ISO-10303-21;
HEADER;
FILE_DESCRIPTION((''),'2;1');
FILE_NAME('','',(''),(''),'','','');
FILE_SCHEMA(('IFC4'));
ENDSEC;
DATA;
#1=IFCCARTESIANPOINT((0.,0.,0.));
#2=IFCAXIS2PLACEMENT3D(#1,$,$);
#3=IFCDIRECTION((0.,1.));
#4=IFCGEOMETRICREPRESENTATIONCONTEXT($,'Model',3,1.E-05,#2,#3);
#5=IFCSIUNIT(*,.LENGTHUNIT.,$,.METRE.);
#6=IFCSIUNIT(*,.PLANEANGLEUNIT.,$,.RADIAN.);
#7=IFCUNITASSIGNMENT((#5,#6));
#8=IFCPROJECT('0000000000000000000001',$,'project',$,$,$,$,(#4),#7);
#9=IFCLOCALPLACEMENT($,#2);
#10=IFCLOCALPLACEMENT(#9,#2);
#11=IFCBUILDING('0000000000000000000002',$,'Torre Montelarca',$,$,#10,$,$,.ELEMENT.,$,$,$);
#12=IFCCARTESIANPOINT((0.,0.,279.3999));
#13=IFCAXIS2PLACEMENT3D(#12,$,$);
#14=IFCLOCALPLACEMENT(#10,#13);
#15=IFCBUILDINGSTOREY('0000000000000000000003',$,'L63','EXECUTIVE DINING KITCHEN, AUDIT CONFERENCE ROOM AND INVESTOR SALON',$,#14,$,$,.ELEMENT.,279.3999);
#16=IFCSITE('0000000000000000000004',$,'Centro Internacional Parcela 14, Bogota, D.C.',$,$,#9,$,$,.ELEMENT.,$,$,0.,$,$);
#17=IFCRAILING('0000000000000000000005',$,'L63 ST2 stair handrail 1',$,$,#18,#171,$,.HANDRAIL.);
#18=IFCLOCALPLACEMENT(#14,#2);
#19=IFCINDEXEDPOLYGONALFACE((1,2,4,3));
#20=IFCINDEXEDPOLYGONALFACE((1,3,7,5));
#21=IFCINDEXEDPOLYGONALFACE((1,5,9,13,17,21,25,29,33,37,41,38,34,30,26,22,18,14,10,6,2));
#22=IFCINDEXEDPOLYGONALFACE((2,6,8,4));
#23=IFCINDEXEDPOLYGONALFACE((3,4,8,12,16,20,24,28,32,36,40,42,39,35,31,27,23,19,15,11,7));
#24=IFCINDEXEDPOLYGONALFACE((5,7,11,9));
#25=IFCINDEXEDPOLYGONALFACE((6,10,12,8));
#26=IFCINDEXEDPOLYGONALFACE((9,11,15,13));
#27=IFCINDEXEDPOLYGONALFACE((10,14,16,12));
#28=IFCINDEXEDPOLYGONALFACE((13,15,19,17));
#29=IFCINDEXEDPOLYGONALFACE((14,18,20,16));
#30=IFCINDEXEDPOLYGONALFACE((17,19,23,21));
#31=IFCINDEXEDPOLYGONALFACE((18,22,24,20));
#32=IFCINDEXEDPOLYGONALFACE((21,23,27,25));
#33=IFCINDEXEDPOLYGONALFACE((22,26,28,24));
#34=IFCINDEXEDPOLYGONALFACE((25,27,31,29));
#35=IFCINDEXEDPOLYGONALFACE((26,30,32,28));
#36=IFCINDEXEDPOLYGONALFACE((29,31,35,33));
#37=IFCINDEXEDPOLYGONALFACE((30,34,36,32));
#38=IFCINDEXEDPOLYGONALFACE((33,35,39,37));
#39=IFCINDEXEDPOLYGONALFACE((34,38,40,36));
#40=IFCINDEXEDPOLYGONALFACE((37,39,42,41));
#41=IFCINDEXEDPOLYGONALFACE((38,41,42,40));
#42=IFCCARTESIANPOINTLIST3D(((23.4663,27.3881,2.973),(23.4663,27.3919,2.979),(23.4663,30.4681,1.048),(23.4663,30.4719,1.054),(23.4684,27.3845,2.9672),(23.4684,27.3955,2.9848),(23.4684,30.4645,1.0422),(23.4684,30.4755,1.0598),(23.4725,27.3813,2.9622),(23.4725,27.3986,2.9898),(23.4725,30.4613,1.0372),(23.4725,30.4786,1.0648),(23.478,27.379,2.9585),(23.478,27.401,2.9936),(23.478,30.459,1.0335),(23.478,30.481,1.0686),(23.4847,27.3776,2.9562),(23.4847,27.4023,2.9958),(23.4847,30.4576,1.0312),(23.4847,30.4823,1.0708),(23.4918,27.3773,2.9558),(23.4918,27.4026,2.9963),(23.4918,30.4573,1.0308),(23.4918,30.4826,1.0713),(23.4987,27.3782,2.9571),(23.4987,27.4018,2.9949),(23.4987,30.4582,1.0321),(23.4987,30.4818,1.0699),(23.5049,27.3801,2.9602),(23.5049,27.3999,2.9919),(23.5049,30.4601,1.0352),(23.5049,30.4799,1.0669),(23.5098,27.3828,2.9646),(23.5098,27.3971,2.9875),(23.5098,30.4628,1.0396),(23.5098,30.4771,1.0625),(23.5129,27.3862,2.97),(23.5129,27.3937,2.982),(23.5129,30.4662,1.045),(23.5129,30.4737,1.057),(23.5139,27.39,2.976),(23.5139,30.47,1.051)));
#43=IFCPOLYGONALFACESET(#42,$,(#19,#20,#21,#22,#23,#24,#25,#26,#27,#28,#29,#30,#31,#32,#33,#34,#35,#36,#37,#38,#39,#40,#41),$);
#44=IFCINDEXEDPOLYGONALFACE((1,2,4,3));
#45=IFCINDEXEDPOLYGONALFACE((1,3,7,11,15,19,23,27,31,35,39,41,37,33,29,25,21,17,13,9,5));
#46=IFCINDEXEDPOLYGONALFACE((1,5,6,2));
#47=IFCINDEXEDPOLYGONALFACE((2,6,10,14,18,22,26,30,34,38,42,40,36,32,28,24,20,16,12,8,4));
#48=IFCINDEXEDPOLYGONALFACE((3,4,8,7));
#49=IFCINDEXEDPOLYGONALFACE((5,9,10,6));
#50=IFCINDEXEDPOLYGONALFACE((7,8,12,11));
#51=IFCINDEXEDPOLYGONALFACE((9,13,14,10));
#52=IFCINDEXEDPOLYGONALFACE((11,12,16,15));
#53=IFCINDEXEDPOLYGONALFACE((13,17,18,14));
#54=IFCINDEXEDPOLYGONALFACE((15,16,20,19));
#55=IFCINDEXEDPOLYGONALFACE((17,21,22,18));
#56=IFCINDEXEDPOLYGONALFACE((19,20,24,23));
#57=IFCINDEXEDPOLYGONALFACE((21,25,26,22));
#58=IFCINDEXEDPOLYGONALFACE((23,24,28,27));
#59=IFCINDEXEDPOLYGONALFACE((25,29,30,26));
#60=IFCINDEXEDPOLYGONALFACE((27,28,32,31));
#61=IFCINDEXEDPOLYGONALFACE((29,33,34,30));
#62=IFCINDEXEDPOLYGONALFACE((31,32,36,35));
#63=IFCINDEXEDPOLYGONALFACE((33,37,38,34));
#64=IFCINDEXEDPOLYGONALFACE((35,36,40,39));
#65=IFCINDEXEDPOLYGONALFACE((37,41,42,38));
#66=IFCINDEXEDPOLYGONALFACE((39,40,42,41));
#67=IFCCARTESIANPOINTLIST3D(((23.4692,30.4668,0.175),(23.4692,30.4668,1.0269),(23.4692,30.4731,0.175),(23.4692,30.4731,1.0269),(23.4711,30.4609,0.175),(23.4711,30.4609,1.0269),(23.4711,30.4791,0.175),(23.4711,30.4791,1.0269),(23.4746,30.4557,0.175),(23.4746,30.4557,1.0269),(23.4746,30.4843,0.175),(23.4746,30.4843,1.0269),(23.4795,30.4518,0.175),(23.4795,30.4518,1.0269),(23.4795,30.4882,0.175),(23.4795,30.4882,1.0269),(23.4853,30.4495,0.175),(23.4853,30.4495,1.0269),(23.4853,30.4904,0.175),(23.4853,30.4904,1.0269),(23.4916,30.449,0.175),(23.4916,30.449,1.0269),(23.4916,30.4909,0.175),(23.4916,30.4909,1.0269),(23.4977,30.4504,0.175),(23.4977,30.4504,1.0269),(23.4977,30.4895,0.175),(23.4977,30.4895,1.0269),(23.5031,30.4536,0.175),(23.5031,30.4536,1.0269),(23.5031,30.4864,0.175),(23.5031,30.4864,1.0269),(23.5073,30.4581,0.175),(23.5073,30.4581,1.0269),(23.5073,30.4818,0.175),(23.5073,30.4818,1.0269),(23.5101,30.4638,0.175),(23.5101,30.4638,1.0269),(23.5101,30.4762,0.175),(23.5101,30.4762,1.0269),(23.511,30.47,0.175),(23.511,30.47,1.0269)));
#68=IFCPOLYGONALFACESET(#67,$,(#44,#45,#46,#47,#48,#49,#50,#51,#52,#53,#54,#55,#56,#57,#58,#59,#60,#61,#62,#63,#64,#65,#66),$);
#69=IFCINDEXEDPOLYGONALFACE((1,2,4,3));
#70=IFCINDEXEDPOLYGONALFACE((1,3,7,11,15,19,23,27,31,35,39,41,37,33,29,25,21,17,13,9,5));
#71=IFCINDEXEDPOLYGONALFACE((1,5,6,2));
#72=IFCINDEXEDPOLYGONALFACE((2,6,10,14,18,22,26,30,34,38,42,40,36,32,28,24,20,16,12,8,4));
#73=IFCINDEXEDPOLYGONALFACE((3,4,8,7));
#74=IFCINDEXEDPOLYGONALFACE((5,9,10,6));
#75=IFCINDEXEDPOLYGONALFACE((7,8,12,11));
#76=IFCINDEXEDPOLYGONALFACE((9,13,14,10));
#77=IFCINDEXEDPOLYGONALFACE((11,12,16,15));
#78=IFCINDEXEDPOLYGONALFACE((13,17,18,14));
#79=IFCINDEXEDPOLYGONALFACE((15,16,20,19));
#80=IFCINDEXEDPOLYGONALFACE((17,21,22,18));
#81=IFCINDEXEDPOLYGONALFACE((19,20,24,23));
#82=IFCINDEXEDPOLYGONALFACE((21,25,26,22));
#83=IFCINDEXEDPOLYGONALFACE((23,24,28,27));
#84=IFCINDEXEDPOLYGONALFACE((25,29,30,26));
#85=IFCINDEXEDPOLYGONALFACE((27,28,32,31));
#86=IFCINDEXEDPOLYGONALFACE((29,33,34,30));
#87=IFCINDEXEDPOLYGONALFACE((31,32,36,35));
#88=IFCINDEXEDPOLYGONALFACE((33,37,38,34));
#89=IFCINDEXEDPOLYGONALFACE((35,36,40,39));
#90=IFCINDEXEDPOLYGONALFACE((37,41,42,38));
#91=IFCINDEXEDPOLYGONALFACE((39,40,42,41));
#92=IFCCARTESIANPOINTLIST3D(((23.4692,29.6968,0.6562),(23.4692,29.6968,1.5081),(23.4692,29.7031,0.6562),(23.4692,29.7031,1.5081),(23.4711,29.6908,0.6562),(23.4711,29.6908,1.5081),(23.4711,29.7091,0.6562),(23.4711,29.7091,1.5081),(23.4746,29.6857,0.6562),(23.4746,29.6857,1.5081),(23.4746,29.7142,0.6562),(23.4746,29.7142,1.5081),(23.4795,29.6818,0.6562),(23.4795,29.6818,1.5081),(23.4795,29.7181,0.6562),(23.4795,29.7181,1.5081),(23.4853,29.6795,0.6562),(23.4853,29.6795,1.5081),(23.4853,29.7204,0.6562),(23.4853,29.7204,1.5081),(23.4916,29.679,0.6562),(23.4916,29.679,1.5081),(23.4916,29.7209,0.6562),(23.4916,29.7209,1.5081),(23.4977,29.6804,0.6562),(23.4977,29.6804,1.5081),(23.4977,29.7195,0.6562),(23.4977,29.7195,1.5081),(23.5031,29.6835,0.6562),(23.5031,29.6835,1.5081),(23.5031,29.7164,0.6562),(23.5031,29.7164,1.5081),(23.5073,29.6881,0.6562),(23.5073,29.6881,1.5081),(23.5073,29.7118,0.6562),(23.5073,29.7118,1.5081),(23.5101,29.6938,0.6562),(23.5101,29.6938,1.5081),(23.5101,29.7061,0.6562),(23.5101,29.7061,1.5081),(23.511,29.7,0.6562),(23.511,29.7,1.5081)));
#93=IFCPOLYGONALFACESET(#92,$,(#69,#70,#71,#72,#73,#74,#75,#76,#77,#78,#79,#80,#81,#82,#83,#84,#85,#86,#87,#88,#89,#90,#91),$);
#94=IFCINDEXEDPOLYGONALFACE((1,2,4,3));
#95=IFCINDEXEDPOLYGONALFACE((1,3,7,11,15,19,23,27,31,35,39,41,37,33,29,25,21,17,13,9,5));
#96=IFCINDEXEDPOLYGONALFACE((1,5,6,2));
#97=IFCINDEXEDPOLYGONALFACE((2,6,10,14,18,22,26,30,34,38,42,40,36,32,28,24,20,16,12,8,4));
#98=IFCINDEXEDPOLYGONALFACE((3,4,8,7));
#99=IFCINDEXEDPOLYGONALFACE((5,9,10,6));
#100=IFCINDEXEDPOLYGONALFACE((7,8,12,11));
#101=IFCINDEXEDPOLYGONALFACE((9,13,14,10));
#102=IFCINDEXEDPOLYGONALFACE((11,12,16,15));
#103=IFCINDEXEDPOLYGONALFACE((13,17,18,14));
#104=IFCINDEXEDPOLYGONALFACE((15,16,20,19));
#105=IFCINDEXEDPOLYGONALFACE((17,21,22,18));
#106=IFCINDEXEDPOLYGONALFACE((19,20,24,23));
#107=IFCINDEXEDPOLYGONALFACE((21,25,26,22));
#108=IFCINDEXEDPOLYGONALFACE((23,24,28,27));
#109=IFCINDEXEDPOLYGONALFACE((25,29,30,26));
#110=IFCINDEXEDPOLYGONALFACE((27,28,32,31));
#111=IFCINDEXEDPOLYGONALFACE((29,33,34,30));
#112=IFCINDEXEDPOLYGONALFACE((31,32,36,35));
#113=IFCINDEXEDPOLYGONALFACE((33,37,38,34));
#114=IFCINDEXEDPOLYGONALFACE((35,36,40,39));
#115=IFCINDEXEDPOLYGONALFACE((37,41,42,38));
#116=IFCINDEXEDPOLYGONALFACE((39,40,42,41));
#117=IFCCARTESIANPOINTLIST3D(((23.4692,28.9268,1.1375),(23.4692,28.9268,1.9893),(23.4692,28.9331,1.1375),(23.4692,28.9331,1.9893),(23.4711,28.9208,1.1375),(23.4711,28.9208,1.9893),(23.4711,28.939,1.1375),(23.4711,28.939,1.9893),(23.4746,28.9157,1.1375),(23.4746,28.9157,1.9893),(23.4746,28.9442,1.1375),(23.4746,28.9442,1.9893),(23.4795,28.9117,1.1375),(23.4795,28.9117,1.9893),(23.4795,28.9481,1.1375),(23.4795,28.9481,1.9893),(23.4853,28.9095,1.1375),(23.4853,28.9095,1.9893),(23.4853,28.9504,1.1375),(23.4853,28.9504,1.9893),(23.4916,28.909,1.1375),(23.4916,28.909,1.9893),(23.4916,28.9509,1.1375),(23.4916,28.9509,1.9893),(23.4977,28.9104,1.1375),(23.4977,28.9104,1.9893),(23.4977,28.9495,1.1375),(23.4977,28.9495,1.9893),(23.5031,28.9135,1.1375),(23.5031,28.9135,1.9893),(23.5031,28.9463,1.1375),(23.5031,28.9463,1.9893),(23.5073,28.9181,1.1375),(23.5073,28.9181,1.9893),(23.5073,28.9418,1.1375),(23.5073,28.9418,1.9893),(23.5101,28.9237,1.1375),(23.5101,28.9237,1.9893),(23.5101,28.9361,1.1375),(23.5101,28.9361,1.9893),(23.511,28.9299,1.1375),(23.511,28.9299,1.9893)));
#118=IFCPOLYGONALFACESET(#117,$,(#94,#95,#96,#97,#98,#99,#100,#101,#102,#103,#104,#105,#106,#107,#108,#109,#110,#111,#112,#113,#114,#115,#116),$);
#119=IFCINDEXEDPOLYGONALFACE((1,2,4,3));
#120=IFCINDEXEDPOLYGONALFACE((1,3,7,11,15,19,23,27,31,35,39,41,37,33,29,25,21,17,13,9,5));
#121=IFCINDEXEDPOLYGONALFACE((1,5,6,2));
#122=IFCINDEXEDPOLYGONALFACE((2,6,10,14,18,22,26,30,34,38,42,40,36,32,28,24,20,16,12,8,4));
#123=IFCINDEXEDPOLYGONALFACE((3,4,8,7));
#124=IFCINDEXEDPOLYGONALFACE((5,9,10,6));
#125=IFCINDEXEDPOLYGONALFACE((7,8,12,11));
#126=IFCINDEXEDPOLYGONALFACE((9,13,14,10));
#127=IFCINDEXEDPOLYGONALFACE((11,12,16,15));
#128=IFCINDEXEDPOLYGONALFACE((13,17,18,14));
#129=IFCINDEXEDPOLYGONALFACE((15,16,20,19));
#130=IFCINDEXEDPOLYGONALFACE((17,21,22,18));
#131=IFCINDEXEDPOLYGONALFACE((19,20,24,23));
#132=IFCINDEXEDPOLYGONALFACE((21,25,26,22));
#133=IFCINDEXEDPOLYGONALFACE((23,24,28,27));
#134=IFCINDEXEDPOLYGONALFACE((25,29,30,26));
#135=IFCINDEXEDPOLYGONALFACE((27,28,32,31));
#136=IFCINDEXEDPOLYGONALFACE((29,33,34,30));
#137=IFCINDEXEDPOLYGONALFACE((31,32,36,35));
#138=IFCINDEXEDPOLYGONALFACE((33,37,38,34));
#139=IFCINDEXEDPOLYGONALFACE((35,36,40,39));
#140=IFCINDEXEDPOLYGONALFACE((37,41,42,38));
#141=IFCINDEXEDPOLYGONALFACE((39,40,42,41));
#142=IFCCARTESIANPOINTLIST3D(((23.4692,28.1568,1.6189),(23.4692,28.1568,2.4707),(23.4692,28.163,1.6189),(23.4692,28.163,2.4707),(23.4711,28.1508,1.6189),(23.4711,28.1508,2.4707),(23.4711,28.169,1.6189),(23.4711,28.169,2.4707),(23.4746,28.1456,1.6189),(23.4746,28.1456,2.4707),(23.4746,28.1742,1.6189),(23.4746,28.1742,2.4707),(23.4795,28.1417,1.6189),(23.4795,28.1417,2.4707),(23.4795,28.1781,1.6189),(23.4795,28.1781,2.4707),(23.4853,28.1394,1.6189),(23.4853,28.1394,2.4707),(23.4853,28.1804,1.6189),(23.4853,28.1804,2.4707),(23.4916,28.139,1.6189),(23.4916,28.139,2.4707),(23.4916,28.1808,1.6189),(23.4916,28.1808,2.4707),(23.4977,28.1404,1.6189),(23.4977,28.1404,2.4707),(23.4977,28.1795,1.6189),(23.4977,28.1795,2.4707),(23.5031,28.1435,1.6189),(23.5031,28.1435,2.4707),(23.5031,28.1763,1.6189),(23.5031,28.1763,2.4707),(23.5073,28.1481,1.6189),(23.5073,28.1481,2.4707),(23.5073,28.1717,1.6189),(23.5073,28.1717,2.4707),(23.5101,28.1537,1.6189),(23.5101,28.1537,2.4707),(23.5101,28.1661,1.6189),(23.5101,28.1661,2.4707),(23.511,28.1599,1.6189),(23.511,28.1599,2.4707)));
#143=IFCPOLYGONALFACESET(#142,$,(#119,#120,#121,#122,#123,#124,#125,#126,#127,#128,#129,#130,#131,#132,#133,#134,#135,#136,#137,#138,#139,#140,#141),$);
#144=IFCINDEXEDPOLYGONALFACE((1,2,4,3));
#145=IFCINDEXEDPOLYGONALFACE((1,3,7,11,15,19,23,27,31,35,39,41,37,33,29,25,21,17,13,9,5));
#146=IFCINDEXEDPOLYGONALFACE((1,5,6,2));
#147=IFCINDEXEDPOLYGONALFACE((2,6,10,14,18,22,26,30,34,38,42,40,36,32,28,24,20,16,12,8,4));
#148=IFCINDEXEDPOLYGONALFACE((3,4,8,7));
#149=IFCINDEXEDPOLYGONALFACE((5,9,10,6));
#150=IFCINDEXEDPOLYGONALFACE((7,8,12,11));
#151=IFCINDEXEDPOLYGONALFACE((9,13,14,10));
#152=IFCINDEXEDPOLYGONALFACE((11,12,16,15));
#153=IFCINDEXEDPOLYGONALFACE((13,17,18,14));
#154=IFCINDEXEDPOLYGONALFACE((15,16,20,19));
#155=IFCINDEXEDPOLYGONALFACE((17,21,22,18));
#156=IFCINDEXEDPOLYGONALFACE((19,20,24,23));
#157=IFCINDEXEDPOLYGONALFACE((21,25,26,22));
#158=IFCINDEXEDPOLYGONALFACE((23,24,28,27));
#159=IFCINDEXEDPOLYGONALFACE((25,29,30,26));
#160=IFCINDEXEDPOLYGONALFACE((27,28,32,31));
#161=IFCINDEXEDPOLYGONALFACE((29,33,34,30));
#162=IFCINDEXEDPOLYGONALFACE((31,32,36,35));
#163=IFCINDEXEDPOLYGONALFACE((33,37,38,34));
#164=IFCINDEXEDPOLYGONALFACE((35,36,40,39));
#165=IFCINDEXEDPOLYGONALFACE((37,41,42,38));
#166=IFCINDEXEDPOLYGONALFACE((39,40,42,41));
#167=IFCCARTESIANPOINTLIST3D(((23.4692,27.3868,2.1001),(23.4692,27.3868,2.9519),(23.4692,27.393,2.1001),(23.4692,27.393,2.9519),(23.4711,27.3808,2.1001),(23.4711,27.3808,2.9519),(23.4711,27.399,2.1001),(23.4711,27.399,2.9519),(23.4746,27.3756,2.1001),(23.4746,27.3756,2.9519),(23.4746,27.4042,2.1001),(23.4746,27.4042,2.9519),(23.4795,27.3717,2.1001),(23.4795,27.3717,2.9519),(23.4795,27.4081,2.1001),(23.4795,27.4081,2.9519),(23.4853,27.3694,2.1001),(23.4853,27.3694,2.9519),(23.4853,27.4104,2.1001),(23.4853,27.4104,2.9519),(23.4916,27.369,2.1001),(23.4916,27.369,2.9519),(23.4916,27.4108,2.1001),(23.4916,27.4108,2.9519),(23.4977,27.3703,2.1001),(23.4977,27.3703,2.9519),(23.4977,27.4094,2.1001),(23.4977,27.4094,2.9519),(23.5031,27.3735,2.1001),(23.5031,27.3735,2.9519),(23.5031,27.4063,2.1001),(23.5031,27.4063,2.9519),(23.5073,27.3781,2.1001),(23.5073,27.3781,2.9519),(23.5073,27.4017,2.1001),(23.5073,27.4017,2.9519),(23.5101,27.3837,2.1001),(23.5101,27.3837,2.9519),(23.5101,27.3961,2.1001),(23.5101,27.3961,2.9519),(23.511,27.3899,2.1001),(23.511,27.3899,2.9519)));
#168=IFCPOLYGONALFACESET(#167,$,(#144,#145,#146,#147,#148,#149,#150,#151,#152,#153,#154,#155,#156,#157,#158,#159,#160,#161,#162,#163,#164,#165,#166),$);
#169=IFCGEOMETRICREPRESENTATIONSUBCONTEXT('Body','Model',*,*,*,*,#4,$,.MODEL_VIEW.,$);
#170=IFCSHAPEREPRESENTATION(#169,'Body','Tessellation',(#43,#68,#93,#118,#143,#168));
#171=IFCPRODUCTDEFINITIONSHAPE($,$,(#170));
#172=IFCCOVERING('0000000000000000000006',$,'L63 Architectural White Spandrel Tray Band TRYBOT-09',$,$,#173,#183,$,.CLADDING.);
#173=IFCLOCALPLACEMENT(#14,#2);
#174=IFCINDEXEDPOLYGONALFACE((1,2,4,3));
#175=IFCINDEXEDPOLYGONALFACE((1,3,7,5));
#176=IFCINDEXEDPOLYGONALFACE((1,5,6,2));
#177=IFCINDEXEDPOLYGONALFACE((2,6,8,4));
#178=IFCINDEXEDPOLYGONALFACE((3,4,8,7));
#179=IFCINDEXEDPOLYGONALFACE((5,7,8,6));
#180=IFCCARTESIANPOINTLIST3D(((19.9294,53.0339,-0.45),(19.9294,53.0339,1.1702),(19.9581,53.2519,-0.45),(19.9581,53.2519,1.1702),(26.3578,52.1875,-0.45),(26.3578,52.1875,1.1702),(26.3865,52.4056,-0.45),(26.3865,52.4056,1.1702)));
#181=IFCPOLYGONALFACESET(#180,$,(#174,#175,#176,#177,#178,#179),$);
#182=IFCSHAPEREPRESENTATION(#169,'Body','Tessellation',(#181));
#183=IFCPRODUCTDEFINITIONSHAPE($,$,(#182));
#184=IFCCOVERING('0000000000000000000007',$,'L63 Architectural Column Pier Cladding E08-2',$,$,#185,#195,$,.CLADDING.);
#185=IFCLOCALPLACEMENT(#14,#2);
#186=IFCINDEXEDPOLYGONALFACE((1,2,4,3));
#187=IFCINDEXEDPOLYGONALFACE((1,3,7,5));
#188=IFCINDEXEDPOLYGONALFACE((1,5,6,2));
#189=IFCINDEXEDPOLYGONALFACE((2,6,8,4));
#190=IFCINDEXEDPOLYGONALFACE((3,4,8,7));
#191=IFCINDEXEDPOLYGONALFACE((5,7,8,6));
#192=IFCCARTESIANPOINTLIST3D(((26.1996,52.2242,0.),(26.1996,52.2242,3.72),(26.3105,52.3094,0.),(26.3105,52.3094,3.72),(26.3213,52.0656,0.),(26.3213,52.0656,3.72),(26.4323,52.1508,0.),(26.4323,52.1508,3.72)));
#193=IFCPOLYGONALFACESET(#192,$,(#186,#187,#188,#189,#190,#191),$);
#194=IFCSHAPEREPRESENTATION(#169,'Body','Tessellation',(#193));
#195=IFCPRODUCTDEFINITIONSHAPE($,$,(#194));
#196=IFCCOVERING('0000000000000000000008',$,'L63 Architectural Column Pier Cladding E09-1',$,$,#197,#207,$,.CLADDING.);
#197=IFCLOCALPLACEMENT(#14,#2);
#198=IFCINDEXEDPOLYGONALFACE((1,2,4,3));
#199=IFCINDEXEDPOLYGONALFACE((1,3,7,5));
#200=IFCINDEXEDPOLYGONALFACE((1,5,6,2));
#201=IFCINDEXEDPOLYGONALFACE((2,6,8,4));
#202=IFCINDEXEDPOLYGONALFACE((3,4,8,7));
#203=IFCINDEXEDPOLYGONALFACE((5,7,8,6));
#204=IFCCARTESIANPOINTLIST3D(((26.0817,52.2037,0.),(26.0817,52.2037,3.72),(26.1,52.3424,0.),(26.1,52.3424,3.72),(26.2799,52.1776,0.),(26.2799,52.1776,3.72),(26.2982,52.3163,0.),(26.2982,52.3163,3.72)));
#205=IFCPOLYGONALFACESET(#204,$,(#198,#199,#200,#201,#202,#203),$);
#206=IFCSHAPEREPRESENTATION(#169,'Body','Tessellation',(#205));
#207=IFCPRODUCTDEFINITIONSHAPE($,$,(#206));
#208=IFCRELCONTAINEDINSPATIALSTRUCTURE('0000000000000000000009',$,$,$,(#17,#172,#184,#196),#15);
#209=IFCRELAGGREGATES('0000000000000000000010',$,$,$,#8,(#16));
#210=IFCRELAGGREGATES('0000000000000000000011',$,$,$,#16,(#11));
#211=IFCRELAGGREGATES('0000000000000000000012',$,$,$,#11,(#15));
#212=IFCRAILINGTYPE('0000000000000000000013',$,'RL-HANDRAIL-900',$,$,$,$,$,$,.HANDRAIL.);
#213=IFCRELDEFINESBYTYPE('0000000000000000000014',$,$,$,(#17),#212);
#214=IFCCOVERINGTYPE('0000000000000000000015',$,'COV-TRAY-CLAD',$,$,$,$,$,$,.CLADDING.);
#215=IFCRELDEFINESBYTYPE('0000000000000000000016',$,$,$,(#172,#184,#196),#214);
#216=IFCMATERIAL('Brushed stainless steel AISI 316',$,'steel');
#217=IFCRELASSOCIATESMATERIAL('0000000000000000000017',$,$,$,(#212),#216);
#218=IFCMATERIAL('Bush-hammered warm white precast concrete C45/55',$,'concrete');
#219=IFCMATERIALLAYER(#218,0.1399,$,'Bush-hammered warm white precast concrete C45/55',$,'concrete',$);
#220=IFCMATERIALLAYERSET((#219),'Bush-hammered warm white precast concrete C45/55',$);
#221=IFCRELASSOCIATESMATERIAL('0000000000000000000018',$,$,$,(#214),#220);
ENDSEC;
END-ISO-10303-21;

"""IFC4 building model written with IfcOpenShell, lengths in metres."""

from ifc_helpers import new_model, si_unit, direction, frame, origin, origin_2d, place, context, subcontext, project, spatial, rectangle, circle, extrude, source, transform, mapped, material, layer, layer_set, type_object, element, save


model = new_model("IFC4")

# Units and contexts
model_context = context("Model", 3, precision=1e-05, world=origin(), true_north=direction((0.0, 1.0)))
body_context = subcontext(model_context, "Body", "Model", "MODEL_VIEW")
ifc_project = project(units=[si_unit("LENGTHUNIT", "METRE"), si_unit("PLANEANGLEUNIT", "RADIAN")], contexts=[model_context])

# Site, building, storey
site_placement = place(None, origin())
site = spatial("IfcSite", under=ifc_project, at=site_placement, Name="Centro Internacional Parcela 14, Bogota, D.C.", CompositionType="ELEMENT", RefElevation=0.0)
building_placement = place(site_placement, origin())
building = spatial("IfcBuilding", under=site, at=building_placement, Name="Torre Montelarca", CompositionType="ELEMENT")
storey_placement = place(building_placement, frame((0.0, 0.0, 279.3999)))
storey = spatial("IfcBuildingStorey", under=building, at=storey_placement, Name="L63", Description="EXECUTIVE DINING KITCHEN, AUDIT CONFERENCE ROOM AND INVESTOR SALON", CompositionType="ELEMENT", Elevation=279.3999)

# Railing
ifc_material_1 = material(Name="Brushed stainless steel AISI 316", Category="steel")
railing_type_1 = type_object("IfcRailingType", Name="RL-HANDRAIL-900", PredefinedType="HANDRAIL", material=ifc_material_1)
railing_1_placement = place(storey_placement, frame((23.49, 30.47, 0.175)))
element("IfcRailing", 1, at=railing_1_placement, inside=storey, type_object=railing_type_1, Name="L63 ST2 stair handrail 1", PredefinedType="HANDRAIL", context=body_context, shape_type="SweptSolid", body=[
    extrude(circle(Radius=0.0239, at=origin_2d()), frame((0.0, 0.0, 0.876), z_axis=(0.0, -0.847998, 0.529999), x_axis=(1.0, 0.0, 0.0)), (0.0, 0.0, 1.0), 3.6321),
    extrude(circle(Radius=0.021, at=origin_2d()), origin(), (0.0, 0.0, 1.0), 0.8518),
    extrude(circle(Radius=0.021, at=origin_2d()), frame((0.0, -0.77, 0.4812)), (0.0, 0.0, 1.0), 0.8518),
    extrude(circle(Radius=0.021, at=origin_2d()), frame((0.0, -1.54, 0.9624)), (0.0, 0.0, 1.0), 0.8518),
    extrude(circle(Radius=0.021, at=origin_2d()), frame((0.0, -2.3101, 1.4438)), (0.0, 0.0, 1.0), 0.8518),
    extrude(circle(Radius=0.021, at=origin_2d()), frame((0.0, -3.0801, 1.925)), (0.0, 0.0, 1.0), 0.8518),
])

# Coverings
ifc_material_2 = material(Name="Bush-hammered warm white precast concrete C45/55", Category="concrete")
ifc_layer_1 = layer(ifc_material_2, 0.1399, Name="Bush-hammered warm white precast concrete C45/55", Category="concrete")
ifc_layer_set_1 = layer_set([ifc_layer_1], Name="Bush-hammered warm white precast concrete C45/55")
covering_type = type_object("IfcCoveringType", Name="COV-TRAY-CLAD", PredefinedType="CLADDING", material=ifc_layer_set_1)
shared_shape_1 = source(origin(), body_context, "Body", "SweptSolid", [
    extrude(rectangle(XDim=6.4839, YDim=0.22, at=origin_2d()), origin(), (0.0, 0.0, 1.0), 1.6201),
])
covering_1_placement = place(storey_placement, frame((23.158, 52.7197, -0.45), z_axis=(0.0, 0.0, 1.0), x_axis=(-0.991444, 0.130531, 0.0)))
element("IfcCovering", 2, at=covering_1_placement, inside=storey, type_object=covering_type, Name="L63 Architectural White Spandrel Tray Band TRYBOT-09", PredefinedType="CLADDING", context=body_context, shape_type="MappedRepresentation", body=[
    mapped(shared_shape_1, transform((0.0, 0.0, 0.0), scale=1.0)),
])
shared_shape_2 = source(origin(), body_context, "Body", "SweptSolid", [
    extrude(rectangle(XDim=0.2, YDim=0.1399, at=origin_2d()), origin(), (0.0, 0.0, 1.0), 3.72),
])
for number, where, z_axis, x_axis, name in (
    (3, (26.3159, 52.1875, 0.0), (0.0, 0.0, 1.0), (-0.608763, 0.793352, 0.0), "L63 Architectural Column Pier Cladding E08-2"),
    (4, (26.1899, 52.26, 0.0), (0.0, 0.0, 1.0), (-0.991444, 0.130531, 0.0), "L63 Architectural Column Pier Cladding E09-1"),
):
    element("IfcCovering", number, at=place(storey_placement, frame(where, z_axis=z_axis, x_axis=x_axis)), inside=storey, type_object=covering_type, Name=name, PredefinedType="CLADDING", context=body_context, shape_type="MappedRepresentation", body=[
        mapped(shared_shape_2, transform((0.0, 0.0, 0.0), scale=1.0)),
    ])

save(model, "model.ifc")
